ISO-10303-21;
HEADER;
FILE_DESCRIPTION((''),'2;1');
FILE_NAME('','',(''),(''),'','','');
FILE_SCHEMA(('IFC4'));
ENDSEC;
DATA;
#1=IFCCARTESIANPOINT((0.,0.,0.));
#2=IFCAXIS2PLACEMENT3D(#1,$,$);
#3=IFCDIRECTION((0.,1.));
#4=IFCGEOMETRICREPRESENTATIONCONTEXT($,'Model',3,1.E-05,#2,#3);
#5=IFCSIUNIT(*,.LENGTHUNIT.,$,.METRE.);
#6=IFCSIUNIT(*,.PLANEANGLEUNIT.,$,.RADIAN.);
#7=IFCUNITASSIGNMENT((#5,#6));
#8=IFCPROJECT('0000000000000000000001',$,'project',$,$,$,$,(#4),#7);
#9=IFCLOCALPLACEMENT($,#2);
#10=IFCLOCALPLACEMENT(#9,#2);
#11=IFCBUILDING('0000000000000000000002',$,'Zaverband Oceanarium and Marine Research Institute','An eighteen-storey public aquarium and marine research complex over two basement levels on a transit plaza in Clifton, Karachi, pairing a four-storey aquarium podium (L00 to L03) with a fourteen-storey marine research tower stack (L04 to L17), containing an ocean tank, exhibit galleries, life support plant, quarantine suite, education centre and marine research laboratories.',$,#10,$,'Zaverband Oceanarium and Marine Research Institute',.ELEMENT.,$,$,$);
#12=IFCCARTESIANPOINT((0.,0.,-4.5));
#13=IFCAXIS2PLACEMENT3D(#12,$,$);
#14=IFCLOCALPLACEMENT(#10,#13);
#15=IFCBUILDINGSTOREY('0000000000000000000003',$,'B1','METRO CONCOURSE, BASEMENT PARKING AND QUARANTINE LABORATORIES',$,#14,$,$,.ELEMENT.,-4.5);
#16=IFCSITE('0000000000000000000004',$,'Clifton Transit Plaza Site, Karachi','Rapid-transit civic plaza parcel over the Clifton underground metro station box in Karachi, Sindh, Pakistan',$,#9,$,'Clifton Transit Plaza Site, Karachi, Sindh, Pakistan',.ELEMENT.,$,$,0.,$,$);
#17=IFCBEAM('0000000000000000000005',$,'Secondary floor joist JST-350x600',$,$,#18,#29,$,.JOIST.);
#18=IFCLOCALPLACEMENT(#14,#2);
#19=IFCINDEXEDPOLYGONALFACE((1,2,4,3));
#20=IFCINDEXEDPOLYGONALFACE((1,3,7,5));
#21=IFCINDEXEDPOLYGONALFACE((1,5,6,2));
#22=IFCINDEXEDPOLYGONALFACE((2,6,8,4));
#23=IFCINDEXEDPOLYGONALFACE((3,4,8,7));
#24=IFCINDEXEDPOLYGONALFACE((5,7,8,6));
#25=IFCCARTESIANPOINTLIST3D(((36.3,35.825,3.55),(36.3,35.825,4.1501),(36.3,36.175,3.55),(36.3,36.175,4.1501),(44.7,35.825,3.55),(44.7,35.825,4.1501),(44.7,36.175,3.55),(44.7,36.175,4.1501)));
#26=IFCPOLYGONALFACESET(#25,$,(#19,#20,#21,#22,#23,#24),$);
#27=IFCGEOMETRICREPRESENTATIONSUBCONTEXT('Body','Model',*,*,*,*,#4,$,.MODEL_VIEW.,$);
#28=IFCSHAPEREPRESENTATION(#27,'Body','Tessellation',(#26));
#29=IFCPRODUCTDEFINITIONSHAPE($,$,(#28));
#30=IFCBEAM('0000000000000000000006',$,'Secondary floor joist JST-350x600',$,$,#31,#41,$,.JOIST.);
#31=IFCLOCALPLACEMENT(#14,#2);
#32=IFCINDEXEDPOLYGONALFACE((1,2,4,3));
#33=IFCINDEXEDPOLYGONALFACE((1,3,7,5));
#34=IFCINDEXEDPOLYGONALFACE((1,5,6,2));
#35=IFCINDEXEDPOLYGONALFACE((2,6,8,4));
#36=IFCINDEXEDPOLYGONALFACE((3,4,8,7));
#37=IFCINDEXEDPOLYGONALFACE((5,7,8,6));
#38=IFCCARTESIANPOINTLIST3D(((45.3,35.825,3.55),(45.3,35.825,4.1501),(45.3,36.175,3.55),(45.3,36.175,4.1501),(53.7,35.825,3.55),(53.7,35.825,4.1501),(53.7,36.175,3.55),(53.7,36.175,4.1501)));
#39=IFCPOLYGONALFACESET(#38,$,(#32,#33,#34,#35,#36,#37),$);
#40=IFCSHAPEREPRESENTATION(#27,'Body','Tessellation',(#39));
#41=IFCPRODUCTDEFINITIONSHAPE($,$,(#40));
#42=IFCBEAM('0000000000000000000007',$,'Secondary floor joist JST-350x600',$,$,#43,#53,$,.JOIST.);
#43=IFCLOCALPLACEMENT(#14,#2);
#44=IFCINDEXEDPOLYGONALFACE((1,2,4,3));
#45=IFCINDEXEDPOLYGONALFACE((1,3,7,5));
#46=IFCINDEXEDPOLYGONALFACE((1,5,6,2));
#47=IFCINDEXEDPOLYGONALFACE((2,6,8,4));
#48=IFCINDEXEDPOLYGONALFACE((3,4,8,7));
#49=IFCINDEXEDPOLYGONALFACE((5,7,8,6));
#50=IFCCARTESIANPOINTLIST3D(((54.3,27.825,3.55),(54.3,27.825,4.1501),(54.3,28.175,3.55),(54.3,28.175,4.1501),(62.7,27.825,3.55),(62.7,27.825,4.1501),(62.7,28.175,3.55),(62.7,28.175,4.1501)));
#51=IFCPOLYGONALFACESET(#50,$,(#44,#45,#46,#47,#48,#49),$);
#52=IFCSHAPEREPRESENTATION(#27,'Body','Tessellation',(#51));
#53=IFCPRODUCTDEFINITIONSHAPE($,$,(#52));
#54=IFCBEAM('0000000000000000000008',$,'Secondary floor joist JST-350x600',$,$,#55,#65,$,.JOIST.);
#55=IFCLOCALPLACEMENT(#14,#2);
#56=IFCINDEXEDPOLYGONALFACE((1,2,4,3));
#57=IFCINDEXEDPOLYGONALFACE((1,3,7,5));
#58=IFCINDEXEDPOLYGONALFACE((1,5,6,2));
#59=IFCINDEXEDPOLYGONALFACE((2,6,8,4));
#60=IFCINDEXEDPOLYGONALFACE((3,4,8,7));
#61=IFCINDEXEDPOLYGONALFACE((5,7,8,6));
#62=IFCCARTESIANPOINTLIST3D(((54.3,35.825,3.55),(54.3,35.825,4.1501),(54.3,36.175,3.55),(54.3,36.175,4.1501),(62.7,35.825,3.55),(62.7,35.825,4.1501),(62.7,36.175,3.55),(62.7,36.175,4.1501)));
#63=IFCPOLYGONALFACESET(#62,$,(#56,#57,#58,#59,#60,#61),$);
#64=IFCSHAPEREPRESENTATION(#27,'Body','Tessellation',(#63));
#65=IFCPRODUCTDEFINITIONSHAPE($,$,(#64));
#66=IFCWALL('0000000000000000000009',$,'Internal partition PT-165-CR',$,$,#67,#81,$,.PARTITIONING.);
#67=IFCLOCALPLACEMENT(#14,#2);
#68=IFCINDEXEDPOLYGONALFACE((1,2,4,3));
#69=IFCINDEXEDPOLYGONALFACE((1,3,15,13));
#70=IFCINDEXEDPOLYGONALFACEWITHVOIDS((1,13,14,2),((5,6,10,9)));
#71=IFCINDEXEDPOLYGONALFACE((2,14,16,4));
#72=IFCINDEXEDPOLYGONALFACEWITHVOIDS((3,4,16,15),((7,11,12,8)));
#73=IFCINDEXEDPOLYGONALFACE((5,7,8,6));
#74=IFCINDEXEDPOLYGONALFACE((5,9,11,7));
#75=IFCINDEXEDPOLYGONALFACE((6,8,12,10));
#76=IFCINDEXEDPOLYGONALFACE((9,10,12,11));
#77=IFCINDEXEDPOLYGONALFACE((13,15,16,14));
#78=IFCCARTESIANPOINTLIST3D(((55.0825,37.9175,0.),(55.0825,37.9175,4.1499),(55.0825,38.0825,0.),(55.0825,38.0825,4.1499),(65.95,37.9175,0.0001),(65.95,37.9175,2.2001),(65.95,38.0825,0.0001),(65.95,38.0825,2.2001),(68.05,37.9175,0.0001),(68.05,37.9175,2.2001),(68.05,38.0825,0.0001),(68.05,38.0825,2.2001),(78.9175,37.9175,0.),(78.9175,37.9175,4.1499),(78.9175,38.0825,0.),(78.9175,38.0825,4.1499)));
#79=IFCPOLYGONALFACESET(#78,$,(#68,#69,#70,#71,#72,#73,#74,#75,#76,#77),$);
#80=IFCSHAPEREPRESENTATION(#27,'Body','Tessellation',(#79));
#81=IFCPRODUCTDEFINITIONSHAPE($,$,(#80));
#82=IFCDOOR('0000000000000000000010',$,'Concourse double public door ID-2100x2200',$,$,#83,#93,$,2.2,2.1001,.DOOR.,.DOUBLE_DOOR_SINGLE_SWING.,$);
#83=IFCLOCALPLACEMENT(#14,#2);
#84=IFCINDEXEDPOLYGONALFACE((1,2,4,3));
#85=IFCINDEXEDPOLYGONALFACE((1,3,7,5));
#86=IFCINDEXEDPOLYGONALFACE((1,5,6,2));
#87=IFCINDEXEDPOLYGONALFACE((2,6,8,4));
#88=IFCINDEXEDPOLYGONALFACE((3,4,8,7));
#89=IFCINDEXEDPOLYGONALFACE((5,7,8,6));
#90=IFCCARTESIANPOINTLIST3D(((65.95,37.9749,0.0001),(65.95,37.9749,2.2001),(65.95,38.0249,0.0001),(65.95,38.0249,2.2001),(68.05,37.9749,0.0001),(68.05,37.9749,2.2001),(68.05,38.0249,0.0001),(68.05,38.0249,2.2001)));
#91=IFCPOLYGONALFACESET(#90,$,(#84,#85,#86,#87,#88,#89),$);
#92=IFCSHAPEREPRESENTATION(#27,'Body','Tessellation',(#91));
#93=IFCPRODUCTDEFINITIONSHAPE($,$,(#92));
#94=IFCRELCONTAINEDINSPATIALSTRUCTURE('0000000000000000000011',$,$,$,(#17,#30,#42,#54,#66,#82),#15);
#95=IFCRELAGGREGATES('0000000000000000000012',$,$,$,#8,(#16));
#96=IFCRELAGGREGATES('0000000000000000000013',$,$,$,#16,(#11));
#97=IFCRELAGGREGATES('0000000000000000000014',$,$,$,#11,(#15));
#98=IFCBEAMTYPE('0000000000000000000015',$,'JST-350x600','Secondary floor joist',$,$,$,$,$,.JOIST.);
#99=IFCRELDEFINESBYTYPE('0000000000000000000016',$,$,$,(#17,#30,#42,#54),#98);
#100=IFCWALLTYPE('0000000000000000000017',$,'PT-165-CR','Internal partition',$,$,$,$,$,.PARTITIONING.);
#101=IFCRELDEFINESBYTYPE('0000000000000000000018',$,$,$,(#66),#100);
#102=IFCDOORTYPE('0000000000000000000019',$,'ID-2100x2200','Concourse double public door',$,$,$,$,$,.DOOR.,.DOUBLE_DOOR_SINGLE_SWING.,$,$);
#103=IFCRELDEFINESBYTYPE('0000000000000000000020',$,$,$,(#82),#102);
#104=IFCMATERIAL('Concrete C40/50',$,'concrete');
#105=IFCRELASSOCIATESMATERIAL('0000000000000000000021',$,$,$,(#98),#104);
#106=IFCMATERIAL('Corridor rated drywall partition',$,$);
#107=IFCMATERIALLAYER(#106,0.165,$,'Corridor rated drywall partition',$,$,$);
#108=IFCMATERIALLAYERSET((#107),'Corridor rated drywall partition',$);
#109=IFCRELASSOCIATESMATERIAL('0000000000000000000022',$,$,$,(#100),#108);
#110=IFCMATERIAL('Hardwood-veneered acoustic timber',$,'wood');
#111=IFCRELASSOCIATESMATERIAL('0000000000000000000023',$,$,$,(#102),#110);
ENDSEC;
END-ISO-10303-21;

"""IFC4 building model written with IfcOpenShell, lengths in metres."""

from ifc_helpers import new_model, si_unit, direction, frame, frame_2d, origin, origin_2d, place, context, subcontext, project, spatial, rectangle, extrude, material, layer, layer_set, material_profile, profile_set, type_object, element, fill, save


model = new_model("IFC4")

# Units and contexts
model_context = context("Model", 3, precision=1e-05, world=origin(), true_north=direction((0.0, 1.0)))
body_context = subcontext(model_context, "Body", "Model", "MODEL_VIEW")
ifc_project = project(units=[si_unit("LENGTHUNIT", "METRE"), si_unit("PLANEANGLEUNIT", "RADIAN")], contexts=[model_context])

# Site, building, storey
site_placement = place(None, origin())
site = spatial("IfcSite", under=ifc_project, at=site_placement, Name="Clifton Transit Plaza Site, Karachi", Description="Rapid-transit civic plaza parcel over the Clifton underground metro station box in Karachi, Sindh, Pakistan", LongName="Clifton Transit Plaza Site, Karachi, Sindh, Pakistan", CompositionType="ELEMENT", RefElevation=0.0)
building_placement = place(site_placement, origin())
building = spatial("IfcBuilding", under=site, at=building_placement, Name="Zaverband Oceanarium and Marine Research Institute", Description="An eighteen-storey public aquarium and marine research complex over two basement levels on a transit plaza in Clifton, Karachi, pairing a four-storey aquarium podium (L00 to L03) with a fourteen-storey marine research tower stack (L04 to L17), containing an ocean tank, exhibit galleries, life support plant, quarantine suite, education centre and marine research laboratories.", LongName="Zaverband Oceanarium and Marine Research Institute", CompositionType="ELEMENT")
storey_placement = place(building_placement, frame((0.0, 0.0, -4.5)))
storey = spatial("IfcBuildingStorey", under=building, at=storey_placement, Name="B1", Description="METRO CONCOURSE, BASEMENT PARKING AND QUARANTINE LABORATORIES", CompositionType="ELEMENT", Elevation=-4.5)

# Beams
ifc_material_1 = material(Name="Concrete C40/50", Category="concrete")
ifc_material_profile_1 = material_profile(ifc_material_1, rectangle(XDim=0.3501, YDim=0.6001, at=origin_2d()), Name="RC350x600")
ifc_profile_set_1 = profile_set([ifc_material_profile_1], Name="Concrete C40/50")
beam_type_1 = type_object("IfcBeamType", Name="JST-350x600", Description="Secondary floor joist", PredefinedType="JOIST", material=ifc_profile_set_1)
for number, where, z_axis, x_axis, name in (
    (1, (36.3, 36.0, 3.8501), (1.0, 0.0, 0.0), (0.0, 1.0, 0.0), "Secondary floor joist JST-350x600"),
    (2, (45.3, 36.0, 3.8501), (1.0, 0.0, 0.0), (0.0, 1.0, 0.0), "Secondary floor joist JST-350x600"),
    (3, (54.3, 28.0, 3.8501), (1.0, 0.0, 0.0), (0.0, 1.0, 0.0), "Secondary floor joist JST-350x600"),
    (4, (54.3, 36.0, 3.8501), (1.0, 0.0, 0.0), (0.0, 1.0, 0.0), "Secondary floor joist JST-350x600"),
):
    element("IfcBeam", number, at=place(storey_placement, frame(where, z_axis=z_axis, x_axis=x_axis)), inside=storey, type_object=beam_type_1, Name=name, PredefinedType="JOIST", context=body_context, shape_type="SweptSolid", body=[
        extrude(rectangle(XDim=0.3501, YDim=0.6001, at=origin_2d()), origin(), (0.0, 0.0, 1.0), 8.3999),
    ])

# Wall, opening, door
ifc_material_2 = material(Name="Corridor rated drywall partition")
ifc_layer = layer(ifc_material_2, 0.165, Name="Corridor rated drywall partition")
ifc_layer_set = layer_set([ifc_layer], Name="Corridor rated drywall partition")
wall_type = type_object("IfcWallType", Name="PT-165-CR", Description="Internal partition", PredefinedType="PARTITIONING", material=ifc_layer_set)
wall_placement = place(storey_placement, frame((55.0825, 38.0, 0.0), z_axis=(0.0, 0.0, 1.0), x_axis=(1.0, 0.0, 0.0)))
wall = element("IfcWall", 5, at=wall_placement, inside=storey, type_object=wall_type, Name="Internal partition PT-165-CR", PredefinedType="PARTITIONING", context=body_context, shape_type="SweptSolid", body=[
    extrude(rectangle(XDim=23.835, YDim=0.165, at=frame_2d((11.9175, 0.0))), origin(), (0.0, 0.0, 1.0), 4.1499),
])
opening_placement = place(wall_placement, frame((10.8674, 0.0, 0.0)))
opening = element("IfcOpeningElement", 6, at=opening_placement, cuts=wall, PredefinedType="OPENING", context=body_context, shape_type="SweptSolid", body=[
    extrude(rectangle(XDim=2.1001, YDim=2.2, at=frame_2d((1.05, 1.1001))), frame((0.0, 0.0945, 0.0), z_axis=(0.0, -1.0, 0.0), x_axis=(1.0, 0.0, 0.0)), (0.0, 0.0, 1.0), 0.189),
])
ifc_material_3 = material(Name="Hardwood-veneered acoustic timber", Category="wood")
door_type = type_object("IfcDoorType", Name="ID-2100x2200", Description="Concourse double public door", OperationType="DOUBLE_DOOR_SINGLE_SWING", PredefinedType="DOOR", material=ifc_material_3)
door_placement = place(opening_placement, origin())
door = element("IfcDoor", 7, at=door_placement, inside=storey, type_object=door_type, Name="Concourse double public door ID-2100x2200", OperationType="DOUBLE_DOOR_SINGLE_SWING", OverallHeight=2.2, OverallWidth=2.1001, PredefinedType="DOOR", context=body_context, shape_type="SweptSolid", body=[
    extrude(rectangle(XDim=2.1001, YDim=2.2, at=frame_2d((1.05, 1.1001))), frame((0.0, 0.0249, 0.0), z_axis=(0.0, -1.0, 0.0), x_axis=(1.0, 0.0, 0.0)), (0.0, 0.0, 1.0), 0.05),
])
fill(opening, door)

save(model, "model.ifc")
